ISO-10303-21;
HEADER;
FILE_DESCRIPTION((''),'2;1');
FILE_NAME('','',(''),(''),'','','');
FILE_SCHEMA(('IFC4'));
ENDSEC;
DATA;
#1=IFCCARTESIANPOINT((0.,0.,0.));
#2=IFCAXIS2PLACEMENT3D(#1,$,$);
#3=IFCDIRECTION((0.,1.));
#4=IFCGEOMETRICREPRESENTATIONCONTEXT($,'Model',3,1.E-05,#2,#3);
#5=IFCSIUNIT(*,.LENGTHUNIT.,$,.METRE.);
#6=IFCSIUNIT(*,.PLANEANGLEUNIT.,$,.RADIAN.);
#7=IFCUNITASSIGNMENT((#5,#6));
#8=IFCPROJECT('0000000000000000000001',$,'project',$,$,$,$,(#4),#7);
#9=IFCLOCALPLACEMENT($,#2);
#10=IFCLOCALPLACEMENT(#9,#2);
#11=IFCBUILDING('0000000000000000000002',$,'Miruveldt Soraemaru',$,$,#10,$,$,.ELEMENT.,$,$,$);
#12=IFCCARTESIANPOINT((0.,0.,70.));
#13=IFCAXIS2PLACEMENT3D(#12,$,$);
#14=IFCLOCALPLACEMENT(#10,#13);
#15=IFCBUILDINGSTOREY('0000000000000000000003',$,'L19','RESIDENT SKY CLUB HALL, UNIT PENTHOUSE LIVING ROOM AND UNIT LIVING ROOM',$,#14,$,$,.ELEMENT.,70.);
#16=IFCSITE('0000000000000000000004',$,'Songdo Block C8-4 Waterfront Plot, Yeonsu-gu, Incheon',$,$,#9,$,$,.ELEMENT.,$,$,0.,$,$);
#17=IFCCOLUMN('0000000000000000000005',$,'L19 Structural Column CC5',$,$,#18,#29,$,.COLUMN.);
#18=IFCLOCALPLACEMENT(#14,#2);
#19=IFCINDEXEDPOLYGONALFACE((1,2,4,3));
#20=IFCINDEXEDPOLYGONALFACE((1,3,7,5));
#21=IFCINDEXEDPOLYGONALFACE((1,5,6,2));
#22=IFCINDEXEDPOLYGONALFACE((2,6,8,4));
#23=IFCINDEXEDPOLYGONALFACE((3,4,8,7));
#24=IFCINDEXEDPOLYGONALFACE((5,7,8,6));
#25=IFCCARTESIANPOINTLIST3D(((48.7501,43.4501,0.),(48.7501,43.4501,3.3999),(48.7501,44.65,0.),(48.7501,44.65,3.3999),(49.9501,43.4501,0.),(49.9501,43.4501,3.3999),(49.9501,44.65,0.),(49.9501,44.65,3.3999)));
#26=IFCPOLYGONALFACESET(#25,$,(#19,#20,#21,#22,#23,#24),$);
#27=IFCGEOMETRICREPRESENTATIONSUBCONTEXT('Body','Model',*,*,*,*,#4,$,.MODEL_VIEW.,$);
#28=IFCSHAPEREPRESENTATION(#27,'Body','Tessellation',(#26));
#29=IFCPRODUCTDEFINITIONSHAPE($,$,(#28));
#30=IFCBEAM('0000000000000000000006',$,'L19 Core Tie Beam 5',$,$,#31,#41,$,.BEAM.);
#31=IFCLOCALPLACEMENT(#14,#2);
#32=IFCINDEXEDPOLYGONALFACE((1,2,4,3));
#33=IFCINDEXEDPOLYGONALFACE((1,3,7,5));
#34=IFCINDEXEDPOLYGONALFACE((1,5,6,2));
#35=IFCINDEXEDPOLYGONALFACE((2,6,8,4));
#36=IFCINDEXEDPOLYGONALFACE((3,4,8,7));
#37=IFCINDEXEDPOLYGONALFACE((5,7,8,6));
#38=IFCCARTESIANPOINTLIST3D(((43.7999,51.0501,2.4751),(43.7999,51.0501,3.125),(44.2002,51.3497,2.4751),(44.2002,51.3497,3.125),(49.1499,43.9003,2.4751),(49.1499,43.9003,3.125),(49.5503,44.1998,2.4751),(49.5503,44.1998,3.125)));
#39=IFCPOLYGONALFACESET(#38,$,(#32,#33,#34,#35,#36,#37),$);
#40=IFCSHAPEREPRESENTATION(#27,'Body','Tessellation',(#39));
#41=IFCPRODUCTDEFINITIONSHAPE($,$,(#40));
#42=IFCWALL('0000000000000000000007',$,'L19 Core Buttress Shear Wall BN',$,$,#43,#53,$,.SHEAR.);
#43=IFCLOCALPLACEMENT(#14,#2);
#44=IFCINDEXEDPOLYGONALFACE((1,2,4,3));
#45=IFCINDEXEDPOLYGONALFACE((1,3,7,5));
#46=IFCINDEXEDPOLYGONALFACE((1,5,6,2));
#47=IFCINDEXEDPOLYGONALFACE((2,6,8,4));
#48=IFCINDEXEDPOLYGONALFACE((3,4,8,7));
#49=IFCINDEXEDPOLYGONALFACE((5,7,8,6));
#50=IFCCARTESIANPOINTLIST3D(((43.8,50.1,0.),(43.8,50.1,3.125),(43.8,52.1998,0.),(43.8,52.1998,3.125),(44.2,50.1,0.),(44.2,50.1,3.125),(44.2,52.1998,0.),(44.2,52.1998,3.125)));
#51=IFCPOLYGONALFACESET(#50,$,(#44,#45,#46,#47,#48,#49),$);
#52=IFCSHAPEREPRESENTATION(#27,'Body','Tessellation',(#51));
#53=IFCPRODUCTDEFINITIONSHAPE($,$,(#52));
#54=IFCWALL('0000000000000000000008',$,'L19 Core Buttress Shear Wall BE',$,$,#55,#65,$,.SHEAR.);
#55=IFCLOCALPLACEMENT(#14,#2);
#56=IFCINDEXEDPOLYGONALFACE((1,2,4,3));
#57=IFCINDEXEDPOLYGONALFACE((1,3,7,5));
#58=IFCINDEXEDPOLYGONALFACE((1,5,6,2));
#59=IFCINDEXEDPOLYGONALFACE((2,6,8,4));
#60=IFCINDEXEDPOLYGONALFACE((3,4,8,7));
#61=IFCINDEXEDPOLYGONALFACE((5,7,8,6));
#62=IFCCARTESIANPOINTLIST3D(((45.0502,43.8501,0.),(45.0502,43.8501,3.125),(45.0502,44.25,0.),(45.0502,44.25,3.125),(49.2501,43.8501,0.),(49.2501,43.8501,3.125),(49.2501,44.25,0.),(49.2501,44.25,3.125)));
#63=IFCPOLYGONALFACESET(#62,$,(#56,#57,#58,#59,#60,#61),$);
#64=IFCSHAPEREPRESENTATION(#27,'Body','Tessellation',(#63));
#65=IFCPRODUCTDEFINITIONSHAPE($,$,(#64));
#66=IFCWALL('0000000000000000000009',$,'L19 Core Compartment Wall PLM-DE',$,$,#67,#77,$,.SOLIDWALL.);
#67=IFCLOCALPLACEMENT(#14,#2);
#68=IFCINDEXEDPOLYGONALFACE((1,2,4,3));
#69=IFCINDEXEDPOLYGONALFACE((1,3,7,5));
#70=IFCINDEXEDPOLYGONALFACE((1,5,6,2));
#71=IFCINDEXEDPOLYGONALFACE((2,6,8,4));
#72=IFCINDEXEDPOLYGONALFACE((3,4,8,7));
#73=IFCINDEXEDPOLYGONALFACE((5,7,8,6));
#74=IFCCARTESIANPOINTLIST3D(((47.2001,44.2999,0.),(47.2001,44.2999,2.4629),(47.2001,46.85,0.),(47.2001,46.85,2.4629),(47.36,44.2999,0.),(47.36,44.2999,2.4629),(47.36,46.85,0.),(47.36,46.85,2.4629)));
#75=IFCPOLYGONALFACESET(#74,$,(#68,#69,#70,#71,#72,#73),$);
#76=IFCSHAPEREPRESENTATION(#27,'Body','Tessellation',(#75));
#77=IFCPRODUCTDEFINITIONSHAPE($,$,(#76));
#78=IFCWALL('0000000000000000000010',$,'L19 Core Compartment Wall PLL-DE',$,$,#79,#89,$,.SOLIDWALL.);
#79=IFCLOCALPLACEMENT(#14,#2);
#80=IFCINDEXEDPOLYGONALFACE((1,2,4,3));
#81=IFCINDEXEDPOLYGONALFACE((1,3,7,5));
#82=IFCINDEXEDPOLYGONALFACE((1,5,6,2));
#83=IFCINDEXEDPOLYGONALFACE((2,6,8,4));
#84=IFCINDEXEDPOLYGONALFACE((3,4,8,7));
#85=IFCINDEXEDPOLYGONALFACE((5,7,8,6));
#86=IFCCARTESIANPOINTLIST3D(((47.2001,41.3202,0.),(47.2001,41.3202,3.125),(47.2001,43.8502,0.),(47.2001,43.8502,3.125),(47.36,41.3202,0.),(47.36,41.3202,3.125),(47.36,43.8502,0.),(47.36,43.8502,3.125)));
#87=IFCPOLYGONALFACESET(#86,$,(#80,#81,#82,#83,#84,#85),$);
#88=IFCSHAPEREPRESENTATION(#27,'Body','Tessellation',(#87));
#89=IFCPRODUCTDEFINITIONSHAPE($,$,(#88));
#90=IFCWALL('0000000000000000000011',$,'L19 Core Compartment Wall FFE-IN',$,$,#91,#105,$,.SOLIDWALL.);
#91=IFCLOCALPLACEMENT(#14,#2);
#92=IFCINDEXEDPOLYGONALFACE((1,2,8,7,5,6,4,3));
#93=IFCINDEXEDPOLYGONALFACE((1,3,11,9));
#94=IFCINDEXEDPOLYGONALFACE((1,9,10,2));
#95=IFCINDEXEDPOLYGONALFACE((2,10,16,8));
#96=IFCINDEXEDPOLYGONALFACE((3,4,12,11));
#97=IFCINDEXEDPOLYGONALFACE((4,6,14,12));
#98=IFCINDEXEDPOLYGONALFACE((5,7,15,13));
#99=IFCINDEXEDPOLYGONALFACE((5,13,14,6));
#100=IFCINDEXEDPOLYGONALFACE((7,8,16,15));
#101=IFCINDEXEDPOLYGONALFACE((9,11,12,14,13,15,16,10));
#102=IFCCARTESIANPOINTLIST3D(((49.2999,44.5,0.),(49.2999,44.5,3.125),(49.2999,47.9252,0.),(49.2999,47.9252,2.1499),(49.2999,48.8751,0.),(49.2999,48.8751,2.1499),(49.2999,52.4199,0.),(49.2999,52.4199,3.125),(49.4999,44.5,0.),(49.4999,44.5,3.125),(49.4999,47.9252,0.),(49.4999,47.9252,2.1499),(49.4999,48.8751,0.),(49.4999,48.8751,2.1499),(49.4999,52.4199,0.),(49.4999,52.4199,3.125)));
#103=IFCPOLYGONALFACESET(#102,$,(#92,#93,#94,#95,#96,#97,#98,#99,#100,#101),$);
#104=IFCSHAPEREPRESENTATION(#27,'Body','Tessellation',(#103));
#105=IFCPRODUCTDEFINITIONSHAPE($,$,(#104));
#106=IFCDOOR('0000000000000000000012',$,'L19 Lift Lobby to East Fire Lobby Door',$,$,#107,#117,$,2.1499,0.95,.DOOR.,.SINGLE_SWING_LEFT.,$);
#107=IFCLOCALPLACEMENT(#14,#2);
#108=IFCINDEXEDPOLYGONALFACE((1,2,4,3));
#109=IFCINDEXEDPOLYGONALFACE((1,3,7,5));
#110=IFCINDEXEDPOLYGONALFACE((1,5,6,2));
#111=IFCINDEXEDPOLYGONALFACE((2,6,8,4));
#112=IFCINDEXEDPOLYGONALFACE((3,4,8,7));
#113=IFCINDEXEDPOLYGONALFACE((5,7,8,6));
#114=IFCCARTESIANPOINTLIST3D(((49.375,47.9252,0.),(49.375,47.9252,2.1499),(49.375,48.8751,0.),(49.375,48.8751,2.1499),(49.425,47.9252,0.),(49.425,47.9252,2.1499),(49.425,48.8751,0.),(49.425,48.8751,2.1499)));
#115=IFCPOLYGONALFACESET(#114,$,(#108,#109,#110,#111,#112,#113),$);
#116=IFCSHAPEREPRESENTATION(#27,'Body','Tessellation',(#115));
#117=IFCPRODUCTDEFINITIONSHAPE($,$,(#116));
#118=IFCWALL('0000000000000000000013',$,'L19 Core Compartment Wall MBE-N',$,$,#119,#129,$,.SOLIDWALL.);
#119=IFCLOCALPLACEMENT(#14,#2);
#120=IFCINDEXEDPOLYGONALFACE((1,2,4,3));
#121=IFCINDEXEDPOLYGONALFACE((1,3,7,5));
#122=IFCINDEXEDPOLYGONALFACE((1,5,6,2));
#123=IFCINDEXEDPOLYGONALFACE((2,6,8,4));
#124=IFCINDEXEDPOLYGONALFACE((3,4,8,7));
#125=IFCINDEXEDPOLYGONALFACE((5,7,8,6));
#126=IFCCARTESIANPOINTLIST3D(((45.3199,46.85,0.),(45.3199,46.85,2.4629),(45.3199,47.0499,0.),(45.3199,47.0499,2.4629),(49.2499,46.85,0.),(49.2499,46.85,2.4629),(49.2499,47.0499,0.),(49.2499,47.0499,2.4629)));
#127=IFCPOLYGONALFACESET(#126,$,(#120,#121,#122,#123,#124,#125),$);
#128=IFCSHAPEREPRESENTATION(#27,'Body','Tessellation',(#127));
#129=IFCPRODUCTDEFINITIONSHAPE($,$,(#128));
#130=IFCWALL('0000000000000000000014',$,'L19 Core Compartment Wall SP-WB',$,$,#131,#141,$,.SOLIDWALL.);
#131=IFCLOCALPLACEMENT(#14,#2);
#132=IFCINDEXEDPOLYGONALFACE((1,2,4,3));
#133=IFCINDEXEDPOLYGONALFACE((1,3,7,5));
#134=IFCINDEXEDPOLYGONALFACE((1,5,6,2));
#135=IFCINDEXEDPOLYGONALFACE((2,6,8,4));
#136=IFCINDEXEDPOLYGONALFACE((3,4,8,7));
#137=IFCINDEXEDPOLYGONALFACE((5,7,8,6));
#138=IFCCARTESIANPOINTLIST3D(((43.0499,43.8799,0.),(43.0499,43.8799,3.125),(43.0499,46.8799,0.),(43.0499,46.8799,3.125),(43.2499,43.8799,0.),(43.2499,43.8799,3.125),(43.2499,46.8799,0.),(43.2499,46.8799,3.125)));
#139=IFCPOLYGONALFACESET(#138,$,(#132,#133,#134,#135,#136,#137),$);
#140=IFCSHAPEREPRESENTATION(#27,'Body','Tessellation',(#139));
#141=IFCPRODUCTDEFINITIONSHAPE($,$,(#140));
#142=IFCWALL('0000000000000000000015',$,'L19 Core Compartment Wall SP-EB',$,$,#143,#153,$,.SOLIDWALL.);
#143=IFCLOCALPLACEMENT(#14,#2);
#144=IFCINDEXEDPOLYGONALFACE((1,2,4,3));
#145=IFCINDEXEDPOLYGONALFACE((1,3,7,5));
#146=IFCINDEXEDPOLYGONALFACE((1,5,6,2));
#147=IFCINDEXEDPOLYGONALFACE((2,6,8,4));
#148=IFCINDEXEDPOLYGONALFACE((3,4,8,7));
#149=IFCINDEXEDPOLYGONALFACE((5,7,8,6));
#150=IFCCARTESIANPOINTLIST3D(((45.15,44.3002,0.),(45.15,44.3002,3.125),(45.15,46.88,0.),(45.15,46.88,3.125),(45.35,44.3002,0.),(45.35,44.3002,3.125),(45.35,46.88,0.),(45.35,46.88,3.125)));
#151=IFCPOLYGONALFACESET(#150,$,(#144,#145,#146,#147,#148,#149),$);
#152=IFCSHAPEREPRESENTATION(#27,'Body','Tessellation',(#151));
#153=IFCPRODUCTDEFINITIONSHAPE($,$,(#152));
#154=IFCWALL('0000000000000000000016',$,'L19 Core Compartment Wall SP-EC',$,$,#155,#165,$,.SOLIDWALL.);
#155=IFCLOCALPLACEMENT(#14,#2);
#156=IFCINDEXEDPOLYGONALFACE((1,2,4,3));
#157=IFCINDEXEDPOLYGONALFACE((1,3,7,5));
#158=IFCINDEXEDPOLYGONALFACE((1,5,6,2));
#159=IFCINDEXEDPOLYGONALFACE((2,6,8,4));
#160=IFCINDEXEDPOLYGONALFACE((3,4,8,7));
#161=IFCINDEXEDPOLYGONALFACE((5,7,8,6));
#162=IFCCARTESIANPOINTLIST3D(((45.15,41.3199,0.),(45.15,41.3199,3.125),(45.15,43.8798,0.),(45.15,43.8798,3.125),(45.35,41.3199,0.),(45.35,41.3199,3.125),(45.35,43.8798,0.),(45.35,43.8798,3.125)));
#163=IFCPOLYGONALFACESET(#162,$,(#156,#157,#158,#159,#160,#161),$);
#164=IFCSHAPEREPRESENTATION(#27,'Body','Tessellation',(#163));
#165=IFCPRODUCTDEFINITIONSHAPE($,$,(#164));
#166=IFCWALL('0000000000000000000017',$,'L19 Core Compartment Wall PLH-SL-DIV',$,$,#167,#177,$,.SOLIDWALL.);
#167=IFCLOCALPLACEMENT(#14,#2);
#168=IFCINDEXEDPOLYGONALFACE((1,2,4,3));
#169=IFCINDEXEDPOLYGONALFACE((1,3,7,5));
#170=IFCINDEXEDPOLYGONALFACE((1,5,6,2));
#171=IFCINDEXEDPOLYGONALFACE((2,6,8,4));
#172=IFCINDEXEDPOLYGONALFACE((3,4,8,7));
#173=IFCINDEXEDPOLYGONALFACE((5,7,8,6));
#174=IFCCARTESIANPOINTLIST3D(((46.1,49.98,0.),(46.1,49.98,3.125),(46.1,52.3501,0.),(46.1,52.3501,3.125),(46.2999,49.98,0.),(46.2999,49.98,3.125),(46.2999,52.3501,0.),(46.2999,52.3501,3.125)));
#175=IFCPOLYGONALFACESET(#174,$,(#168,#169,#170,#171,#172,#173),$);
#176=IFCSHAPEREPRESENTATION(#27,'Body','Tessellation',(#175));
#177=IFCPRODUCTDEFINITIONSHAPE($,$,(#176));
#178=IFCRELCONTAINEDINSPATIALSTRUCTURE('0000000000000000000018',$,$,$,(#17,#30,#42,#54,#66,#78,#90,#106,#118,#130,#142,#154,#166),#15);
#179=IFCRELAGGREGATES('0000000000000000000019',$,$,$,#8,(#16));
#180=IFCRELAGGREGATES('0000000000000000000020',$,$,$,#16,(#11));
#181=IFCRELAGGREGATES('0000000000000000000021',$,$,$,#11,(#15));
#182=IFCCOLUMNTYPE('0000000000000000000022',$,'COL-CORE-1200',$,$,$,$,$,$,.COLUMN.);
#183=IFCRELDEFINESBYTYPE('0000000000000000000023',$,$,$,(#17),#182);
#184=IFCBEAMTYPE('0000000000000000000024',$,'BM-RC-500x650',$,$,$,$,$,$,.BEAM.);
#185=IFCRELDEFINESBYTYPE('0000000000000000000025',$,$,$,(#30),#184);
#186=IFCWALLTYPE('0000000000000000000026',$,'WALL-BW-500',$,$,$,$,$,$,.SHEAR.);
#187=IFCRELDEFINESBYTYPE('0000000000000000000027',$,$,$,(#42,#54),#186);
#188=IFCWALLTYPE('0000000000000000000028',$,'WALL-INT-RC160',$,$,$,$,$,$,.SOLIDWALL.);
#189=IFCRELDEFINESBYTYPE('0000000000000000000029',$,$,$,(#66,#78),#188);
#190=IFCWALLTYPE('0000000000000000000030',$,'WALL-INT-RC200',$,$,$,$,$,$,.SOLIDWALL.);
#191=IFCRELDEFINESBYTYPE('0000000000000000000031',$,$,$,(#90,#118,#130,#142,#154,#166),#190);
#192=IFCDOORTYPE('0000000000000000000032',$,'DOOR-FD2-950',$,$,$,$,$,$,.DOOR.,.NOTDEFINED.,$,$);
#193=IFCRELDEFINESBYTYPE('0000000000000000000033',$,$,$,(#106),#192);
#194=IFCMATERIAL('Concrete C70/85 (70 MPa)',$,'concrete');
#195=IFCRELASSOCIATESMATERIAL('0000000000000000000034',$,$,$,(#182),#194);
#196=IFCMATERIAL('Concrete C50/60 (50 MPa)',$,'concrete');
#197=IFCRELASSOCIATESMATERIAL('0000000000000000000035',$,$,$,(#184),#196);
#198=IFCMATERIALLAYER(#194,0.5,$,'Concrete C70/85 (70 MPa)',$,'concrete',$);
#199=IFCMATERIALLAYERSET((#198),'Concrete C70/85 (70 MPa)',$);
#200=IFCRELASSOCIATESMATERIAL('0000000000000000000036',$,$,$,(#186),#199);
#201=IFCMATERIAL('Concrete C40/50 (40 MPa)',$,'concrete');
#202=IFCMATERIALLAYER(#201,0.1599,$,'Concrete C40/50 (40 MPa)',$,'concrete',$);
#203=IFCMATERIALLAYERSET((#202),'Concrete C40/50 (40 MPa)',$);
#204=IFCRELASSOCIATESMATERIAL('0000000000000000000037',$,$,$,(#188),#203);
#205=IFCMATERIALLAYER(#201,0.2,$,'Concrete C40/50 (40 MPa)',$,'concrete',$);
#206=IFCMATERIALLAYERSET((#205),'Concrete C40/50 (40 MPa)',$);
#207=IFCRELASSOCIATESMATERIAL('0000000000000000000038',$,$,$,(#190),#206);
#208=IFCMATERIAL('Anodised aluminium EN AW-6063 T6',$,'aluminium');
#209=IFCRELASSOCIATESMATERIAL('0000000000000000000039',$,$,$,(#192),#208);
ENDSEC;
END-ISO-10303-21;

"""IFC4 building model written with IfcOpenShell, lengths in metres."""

from ifc_helpers import new_model, si_unit, direction, frame, frame_2d, origin, origin_2d, place, context, subcontext, project, spatial, rectangle, extrude, material, layer, layer_set, material_profile, profile_set, type_object, element, fill, save


model = new_model("IFC4")

# Units and contexts
model_context = context("Model", 3, precision=1e-05, world=origin(), true_north=direction((0.0, 1.0)))
body_context = subcontext(model_context, "Body", "Model", "MODEL_VIEW")
ifc_project = project(units=[si_unit("LENGTHUNIT", "METRE"), si_unit("PLANEANGLEUNIT", "RADIAN")], contexts=[model_context])

# Site, building, storey
site_placement = place(None, origin())
site = spatial("IfcSite", under=ifc_project, at=site_placement, Name="Songdo Block C8-4 Waterfront Plot, Yeonsu-gu, Incheon", CompositionType="ELEMENT", RefElevation=0.0)
building_placement = place(site_placement, origin())
building = spatial("IfcBuilding", under=site, at=building_placement, Name="Miruveldt Soraemaru", CompositionType="ELEMENT")
storey_placement = place(building_placement, frame((0.0, 0.0, 70.0)))
storey = spatial("IfcBuildingStorey", under=building, at=storey_placement, Name="L19", Description="RESIDENT SKY CLUB HALL, UNIT PENTHOUSE LIVING ROOM AND UNIT LIVING ROOM", CompositionType="ELEMENT", Elevation=70.0)

# Column
ifc_material_1 = material(Name="Concrete C70/85 (70 MPa)", Category="concrete")
ifc_material_profile_1 = material_profile(ifc_material_1, rectangle(XDim=1.2, YDim=1.2, at=origin_2d()), Name="Concrete C70/85 (70 MPa)", Category="concrete")
ifc_profile_set_1 = profile_set([ifc_material_profile_1], Name="Concrete C70/85 (70 MPa)")
column_type = type_object("IfcColumnType", Name="COL-CORE-1200", PredefinedType="COLUMN", material=ifc_profile_set_1)
column_placement = place(storey_placement, frame((49.3501, 44.05, 0.0), z_axis=(0.0, 0.0, 1.0), x_axis=(1.0, 0.0, 0.0)))
element("IfcColumn", 1, at=column_placement, inside=storey, type_object=column_type, Name="L19 Structural Column CC5", PredefinedType="COLUMN", context=body_context, shape_type="SweptSolid", body=[
    extrude(rectangle(XDim=1.2, YDim=1.2, at=origin_2d()), origin(), (0.0, 0.0, 1.0), 3.3999),
])

# Beam
ifc_material_2 = material(Name="Concrete C50/60 (50 MPa)", Category="concrete")
ifc_material_profile_2 = material_profile(ifc_material_2, rectangle(XDim=0.5, YDim=0.6499, at=origin_2d()), Name="Concrete C50/60 (50 MPa)", Category="concrete")
ifc_profile_set_2 = profile_set([ifc_material_profile_2], Name="Concrete C50/60 (50 MPa)")
beam_type = type_object("IfcBeamType", Name="BM-RC-500x650", PredefinedType="BEAM", material=ifc_profile_set_2)
beam_placement = place(storey_placement, frame((49.3501, 44.05, 2.8), z_axis=(-0.599116, 0.800662, 0.0), x_axis=(-0.800662, -0.599116, 0.0)))
element("IfcBeam", 2, at=beam_placement, inside=storey, type_object=beam_type, Name="L19 Core Tie Beam 5", PredefinedType="BEAM", context=body_context, shape_type="SweptSolid", body=[
    extrude(rectangle(XDim=0.5, YDim=0.6499, at=origin_2d()), origin(), (0.0, 0.0, 1.0), 8.9299),
])

# Walls
ifc_layer_1 = layer(ifc_material_1, 0.5, Name="Concrete C70/85 (70 MPa)", Category="concrete")
ifc_layer_set_1 = layer_set([ifc_layer_1], Name="Concrete C70/85 (70 MPa)")
wall_type_1 = type_object("IfcWallType", Name="WALL-BW-500", PredefinedType="SHEAR", material=ifc_layer_set_1)
wall_1_placement = place(storey_placement, frame((44.0, 50.1001, 0.0), z_axis=(0.0, 0.0, 1.0), x_axis=(0.0, 1.0, 0.0)))
element("IfcWall", 3, at=wall_1_placement, inside=storey, type_object=wall_type_1, Name="L19 Core Buttress Shear Wall BN", PredefinedType="SHEAR", context=body_context, shape_type="SweptSolid", body=[
    extrude(rectangle(XDim=2.0999, YDim=0.3999, at=frame_2d((1.0498, 0.0))), origin(), (0.0, 0.0, 1.0), 3.125),
])
wall_2_placement = place(storey_placement, frame((45.05, 44.05, 0.0), z_axis=(0.0, 0.0, 1.0), x_axis=(1.0, 0.0, 0.0)))
element("IfcWall", 4, at=wall_2_placement, inside=storey, type_object=wall_type_1, Name="L19 Core Buttress Shear Wall BE", PredefinedType="SHEAR", context=body_context, shape_type="SweptSolid", body=[
    extrude(rectangle(XDim=4.2, YDim=0.3999, at=frame_2d((2.1001, 0.0))), origin(), (0.0, 0.0, 1.0), 3.125),
])
ifc_material_3 = material(Name="Concrete C40/50 (40 MPa)", Category="concrete")
ifc_layer_2 = layer(ifc_material_3, 0.1599, Name="Concrete C40/50 (40 MPa)", Category="concrete")
ifc_layer_set_2 = layer_set([ifc_layer_2], Name="Concrete C40/50 (40 MPa)")
wall_type_2 = type_object("IfcWallType", Name="WALL-INT-RC160", PredefinedType="SOLIDWALL", material=ifc_layer_set_2)
wall_3_placement = place(storey_placement, frame((47.28, 44.3, 0.0), z_axis=(0.0, 0.0, 1.0), x_axis=(0.0, 1.0, 0.0)))
element("IfcWall", 5, at=wall_3_placement, inside=storey, type_object=wall_type_2, Name="L19 Core Compartment Wall PLM-DE", PredefinedType="SOLIDWALL", context=body_context, shape_type="SweptSolid", body=[
    extrude(rectangle(XDim=2.55, YDim=0.1599, at=frame_2d((1.2749, 0.0))), origin(), (0.0, 0.0, 1.0), 2.4629),
])
wall_4_placement = place(storey_placement, frame((47.28, 41.3201, 0.0), z_axis=(0.0, 0.0, 1.0), x_axis=(0.0, 1.0, 0.0)))
element("IfcWall", 6, at=wall_4_placement, inside=storey, type_object=wall_type_2, Name="L19 Core Compartment Wall PLL-DE", PredefinedType="SOLIDWALL", context=body_context, shape_type="SweptSolid", body=[
    extrude(rectangle(XDim=2.53, YDim=0.1599, at=frame_2d((1.2651, 0.0))), origin(), (0.0, 0.0, 1.0), 3.125),
])

# Wall, opening, door
ifc_layer_3 = layer(ifc_material_3, 0.2, Name="Concrete C40/50 (40 MPa)", Category="concrete")
ifc_layer_set_3 = layer_set([ifc_layer_3], Name="Concrete C40/50 (40 MPa)")
wall_type_3 = type_object("IfcWallType", Name="WALL-INT-RC200", PredefinedType="SOLIDWALL", material=ifc_layer_set_3)
wall_5_placement = place(storey_placement, frame((49.3999, 44.5, 0.0), z_axis=(0.0, 0.0, 1.0), x_axis=(0.0, 1.0, 0.0)))
wall_5 = element("IfcWall", 7, at=wall_5_placement, inside=storey, type_object=wall_type_3, Name="L19 Core Compartment Wall FFE-IN", PredefinedType="SOLIDWALL", context=body_context, shape_type="SweptSolid", body=[
    extrude(rectangle(XDim=7.9199, YDim=0.2, at=frame_2d((3.96, 0.0))), origin(), (0.0, 0.0, 1.0), 3.125),
])
opening_1_placement = place(wall_5_placement, frame((3.425, 0.0, 0.0)))
opening_1 = element("IfcOpeningElement", 8, at=opening_1_placement, cuts=wall_5, PredefinedType="OPENING", context=body_context, shape_type="SweptSolid", body=[
    extrude(rectangle(XDim=0.95, YDim=2.1499, at=frame_2d((0.4751, 1.075))), frame((0.0, 0.1099, 0.0), z_axis=(0.0, -1.0, 0.0), x_axis=(1.0, 0.0, 0.0)), (0.0, 0.0, 1.0), 0.22),
])
ifc_material_4 = material(Name="Anodised aluminium EN AW-6063 T6", Category="aluminium")
door_type_1 = type_object("IfcDoorType", Name="DOOR-FD2-950", OperationType="NOTDEFINED", PredefinedType="DOOR", material=ifc_material_4)
door_1_placement = place(opening_1_placement, origin())
door_1 = element("IfcDoor", 9, at=door_1_placement, inside=storey, type_object=door_type_1, Name="L19 Lift Lobby to East Fire Lobby Door", OperationType="SINGLE_SWING_LEFT", OverallHeight=2.1499, OverallWidth=0.95, PredefinedType="DOOR", context=body_context, shape_type="SweptSolid", body=[
    extrude(rectangle(XDim=0.95, YDim=2.1499, at=frame_2d((0.4751, 1.075))), frame((0.0, 0.0249, 0.0), z_axis=(0.0, -1.0, 0.0), x_axis=(1.0, 0.0, 0.0)), (0.0, 0.0, 1.0), 0.05),
])
fill(opening_1, door_1)

# Walls
wall_6_placement = place(storey_placement, frame((45.3201, 46.95, 0.0), z_axis=(0.0, 0.0, 1.0), x_axis=(1.0, 0.0, 0.0)))
element("IfcWall", 10, at=wall_6_placement, inside=storey, type_object=wall_type_3, Name="L19 Core Compartment Wall MBE-N", PredefinedType="SOLIDWALL", context=body_context, shape_type="SweptSolid", body=[
    extrude(rectangle(XDim=3.9299, YDim=0.2, at=frame_2d((1.9648, 0.0))), origin(), (0.0, 0.0, 1.0), 2.4629),
])
wall_7_placement = place(storey_placement, frame((43.1499, 43.8799, 0.0), z_axis=(0.0, 0.0, 1.0), x_axis=(0.0, 1.0, 0.0)))
element("IfcWall", 11, at=wall_7_placement, inside=storey, type_object=wall_type_3, Name="L19 Core Compartment Wall SP-WB", PredefinedType="SOLIDWALL", context=body_context, shape_type="SweptSolid", body=[
    extrude(rectangle(XDim=3.0, YDim=0.2, at=frame_2d((1.5, 0.0))), origin(), (0.0, 0.0, 1.0), 3.125),
])
wall_8_placement = place(storey_placement, frame((45.25, 44.3, 0.0), z_axis=(0.0, 0.0, 1.0), x_axis=(0.0, 1.0, 0.0)))
element("IfcWall", 12, at=wall_8_placement, inside=storey, type_object=wall_type_3, Name="L19 Core Compartment Wall SP-EB", PredefinedType="SOLIDWALL", context=body_context, shape_type="SweptSolid", body=[
    extrude(rectangle(XDim=2.5798, YDim=0.2, at=frame_2d((1.29, 0.0))), origin(), (0.0, 0.0, 1.0), 3.125),
])
wall_9_placement = place(storey_placement, frame((45.25, 41.3201, 0.0), z_axis=(0.0, 0.0, 1.0), x_axis=(0.0, 1.0, 0.0)))
element("IfcWall", 13, at=wall_9_placement, inside=storey, type_object=wall_type_3, Name="L19 Core Compartment Wall SP-EC", PredefinedType="SOLIDWALL", context=body_context, shape_type="SweptSolid", body=[
    extrude(rectangle(XDim=2.5598, YDim=0.2, at=frame_2d((1.2798, 0.0))), origin(), (0.0, 0.0, 1.0), 3.125),
])
wall_10_placement = place(storey_placement, frame((46.2, 49.98, 0.0), z_axis=(0.0, 0.0, 1.0), x_axis=(0.0, 1.0, 0.0)))
element("IfcWall", 14, at=wall_10_placement, inside=storey, type_object=wall_type_3, Name="L19 Core Compartment Wall PLH-SL-DIV", PredefinedType="SOLIDWALL", context=body_context, shape_type="SweptSolid", body=[
    extrude(rectangle(XDim=2.3701, YDim=0.2, at=frame_2d((1.1851, 0.0))), origin(), (0.0, 0.0, 1.0), 3.125),
])

save(model, "model.ifc")
